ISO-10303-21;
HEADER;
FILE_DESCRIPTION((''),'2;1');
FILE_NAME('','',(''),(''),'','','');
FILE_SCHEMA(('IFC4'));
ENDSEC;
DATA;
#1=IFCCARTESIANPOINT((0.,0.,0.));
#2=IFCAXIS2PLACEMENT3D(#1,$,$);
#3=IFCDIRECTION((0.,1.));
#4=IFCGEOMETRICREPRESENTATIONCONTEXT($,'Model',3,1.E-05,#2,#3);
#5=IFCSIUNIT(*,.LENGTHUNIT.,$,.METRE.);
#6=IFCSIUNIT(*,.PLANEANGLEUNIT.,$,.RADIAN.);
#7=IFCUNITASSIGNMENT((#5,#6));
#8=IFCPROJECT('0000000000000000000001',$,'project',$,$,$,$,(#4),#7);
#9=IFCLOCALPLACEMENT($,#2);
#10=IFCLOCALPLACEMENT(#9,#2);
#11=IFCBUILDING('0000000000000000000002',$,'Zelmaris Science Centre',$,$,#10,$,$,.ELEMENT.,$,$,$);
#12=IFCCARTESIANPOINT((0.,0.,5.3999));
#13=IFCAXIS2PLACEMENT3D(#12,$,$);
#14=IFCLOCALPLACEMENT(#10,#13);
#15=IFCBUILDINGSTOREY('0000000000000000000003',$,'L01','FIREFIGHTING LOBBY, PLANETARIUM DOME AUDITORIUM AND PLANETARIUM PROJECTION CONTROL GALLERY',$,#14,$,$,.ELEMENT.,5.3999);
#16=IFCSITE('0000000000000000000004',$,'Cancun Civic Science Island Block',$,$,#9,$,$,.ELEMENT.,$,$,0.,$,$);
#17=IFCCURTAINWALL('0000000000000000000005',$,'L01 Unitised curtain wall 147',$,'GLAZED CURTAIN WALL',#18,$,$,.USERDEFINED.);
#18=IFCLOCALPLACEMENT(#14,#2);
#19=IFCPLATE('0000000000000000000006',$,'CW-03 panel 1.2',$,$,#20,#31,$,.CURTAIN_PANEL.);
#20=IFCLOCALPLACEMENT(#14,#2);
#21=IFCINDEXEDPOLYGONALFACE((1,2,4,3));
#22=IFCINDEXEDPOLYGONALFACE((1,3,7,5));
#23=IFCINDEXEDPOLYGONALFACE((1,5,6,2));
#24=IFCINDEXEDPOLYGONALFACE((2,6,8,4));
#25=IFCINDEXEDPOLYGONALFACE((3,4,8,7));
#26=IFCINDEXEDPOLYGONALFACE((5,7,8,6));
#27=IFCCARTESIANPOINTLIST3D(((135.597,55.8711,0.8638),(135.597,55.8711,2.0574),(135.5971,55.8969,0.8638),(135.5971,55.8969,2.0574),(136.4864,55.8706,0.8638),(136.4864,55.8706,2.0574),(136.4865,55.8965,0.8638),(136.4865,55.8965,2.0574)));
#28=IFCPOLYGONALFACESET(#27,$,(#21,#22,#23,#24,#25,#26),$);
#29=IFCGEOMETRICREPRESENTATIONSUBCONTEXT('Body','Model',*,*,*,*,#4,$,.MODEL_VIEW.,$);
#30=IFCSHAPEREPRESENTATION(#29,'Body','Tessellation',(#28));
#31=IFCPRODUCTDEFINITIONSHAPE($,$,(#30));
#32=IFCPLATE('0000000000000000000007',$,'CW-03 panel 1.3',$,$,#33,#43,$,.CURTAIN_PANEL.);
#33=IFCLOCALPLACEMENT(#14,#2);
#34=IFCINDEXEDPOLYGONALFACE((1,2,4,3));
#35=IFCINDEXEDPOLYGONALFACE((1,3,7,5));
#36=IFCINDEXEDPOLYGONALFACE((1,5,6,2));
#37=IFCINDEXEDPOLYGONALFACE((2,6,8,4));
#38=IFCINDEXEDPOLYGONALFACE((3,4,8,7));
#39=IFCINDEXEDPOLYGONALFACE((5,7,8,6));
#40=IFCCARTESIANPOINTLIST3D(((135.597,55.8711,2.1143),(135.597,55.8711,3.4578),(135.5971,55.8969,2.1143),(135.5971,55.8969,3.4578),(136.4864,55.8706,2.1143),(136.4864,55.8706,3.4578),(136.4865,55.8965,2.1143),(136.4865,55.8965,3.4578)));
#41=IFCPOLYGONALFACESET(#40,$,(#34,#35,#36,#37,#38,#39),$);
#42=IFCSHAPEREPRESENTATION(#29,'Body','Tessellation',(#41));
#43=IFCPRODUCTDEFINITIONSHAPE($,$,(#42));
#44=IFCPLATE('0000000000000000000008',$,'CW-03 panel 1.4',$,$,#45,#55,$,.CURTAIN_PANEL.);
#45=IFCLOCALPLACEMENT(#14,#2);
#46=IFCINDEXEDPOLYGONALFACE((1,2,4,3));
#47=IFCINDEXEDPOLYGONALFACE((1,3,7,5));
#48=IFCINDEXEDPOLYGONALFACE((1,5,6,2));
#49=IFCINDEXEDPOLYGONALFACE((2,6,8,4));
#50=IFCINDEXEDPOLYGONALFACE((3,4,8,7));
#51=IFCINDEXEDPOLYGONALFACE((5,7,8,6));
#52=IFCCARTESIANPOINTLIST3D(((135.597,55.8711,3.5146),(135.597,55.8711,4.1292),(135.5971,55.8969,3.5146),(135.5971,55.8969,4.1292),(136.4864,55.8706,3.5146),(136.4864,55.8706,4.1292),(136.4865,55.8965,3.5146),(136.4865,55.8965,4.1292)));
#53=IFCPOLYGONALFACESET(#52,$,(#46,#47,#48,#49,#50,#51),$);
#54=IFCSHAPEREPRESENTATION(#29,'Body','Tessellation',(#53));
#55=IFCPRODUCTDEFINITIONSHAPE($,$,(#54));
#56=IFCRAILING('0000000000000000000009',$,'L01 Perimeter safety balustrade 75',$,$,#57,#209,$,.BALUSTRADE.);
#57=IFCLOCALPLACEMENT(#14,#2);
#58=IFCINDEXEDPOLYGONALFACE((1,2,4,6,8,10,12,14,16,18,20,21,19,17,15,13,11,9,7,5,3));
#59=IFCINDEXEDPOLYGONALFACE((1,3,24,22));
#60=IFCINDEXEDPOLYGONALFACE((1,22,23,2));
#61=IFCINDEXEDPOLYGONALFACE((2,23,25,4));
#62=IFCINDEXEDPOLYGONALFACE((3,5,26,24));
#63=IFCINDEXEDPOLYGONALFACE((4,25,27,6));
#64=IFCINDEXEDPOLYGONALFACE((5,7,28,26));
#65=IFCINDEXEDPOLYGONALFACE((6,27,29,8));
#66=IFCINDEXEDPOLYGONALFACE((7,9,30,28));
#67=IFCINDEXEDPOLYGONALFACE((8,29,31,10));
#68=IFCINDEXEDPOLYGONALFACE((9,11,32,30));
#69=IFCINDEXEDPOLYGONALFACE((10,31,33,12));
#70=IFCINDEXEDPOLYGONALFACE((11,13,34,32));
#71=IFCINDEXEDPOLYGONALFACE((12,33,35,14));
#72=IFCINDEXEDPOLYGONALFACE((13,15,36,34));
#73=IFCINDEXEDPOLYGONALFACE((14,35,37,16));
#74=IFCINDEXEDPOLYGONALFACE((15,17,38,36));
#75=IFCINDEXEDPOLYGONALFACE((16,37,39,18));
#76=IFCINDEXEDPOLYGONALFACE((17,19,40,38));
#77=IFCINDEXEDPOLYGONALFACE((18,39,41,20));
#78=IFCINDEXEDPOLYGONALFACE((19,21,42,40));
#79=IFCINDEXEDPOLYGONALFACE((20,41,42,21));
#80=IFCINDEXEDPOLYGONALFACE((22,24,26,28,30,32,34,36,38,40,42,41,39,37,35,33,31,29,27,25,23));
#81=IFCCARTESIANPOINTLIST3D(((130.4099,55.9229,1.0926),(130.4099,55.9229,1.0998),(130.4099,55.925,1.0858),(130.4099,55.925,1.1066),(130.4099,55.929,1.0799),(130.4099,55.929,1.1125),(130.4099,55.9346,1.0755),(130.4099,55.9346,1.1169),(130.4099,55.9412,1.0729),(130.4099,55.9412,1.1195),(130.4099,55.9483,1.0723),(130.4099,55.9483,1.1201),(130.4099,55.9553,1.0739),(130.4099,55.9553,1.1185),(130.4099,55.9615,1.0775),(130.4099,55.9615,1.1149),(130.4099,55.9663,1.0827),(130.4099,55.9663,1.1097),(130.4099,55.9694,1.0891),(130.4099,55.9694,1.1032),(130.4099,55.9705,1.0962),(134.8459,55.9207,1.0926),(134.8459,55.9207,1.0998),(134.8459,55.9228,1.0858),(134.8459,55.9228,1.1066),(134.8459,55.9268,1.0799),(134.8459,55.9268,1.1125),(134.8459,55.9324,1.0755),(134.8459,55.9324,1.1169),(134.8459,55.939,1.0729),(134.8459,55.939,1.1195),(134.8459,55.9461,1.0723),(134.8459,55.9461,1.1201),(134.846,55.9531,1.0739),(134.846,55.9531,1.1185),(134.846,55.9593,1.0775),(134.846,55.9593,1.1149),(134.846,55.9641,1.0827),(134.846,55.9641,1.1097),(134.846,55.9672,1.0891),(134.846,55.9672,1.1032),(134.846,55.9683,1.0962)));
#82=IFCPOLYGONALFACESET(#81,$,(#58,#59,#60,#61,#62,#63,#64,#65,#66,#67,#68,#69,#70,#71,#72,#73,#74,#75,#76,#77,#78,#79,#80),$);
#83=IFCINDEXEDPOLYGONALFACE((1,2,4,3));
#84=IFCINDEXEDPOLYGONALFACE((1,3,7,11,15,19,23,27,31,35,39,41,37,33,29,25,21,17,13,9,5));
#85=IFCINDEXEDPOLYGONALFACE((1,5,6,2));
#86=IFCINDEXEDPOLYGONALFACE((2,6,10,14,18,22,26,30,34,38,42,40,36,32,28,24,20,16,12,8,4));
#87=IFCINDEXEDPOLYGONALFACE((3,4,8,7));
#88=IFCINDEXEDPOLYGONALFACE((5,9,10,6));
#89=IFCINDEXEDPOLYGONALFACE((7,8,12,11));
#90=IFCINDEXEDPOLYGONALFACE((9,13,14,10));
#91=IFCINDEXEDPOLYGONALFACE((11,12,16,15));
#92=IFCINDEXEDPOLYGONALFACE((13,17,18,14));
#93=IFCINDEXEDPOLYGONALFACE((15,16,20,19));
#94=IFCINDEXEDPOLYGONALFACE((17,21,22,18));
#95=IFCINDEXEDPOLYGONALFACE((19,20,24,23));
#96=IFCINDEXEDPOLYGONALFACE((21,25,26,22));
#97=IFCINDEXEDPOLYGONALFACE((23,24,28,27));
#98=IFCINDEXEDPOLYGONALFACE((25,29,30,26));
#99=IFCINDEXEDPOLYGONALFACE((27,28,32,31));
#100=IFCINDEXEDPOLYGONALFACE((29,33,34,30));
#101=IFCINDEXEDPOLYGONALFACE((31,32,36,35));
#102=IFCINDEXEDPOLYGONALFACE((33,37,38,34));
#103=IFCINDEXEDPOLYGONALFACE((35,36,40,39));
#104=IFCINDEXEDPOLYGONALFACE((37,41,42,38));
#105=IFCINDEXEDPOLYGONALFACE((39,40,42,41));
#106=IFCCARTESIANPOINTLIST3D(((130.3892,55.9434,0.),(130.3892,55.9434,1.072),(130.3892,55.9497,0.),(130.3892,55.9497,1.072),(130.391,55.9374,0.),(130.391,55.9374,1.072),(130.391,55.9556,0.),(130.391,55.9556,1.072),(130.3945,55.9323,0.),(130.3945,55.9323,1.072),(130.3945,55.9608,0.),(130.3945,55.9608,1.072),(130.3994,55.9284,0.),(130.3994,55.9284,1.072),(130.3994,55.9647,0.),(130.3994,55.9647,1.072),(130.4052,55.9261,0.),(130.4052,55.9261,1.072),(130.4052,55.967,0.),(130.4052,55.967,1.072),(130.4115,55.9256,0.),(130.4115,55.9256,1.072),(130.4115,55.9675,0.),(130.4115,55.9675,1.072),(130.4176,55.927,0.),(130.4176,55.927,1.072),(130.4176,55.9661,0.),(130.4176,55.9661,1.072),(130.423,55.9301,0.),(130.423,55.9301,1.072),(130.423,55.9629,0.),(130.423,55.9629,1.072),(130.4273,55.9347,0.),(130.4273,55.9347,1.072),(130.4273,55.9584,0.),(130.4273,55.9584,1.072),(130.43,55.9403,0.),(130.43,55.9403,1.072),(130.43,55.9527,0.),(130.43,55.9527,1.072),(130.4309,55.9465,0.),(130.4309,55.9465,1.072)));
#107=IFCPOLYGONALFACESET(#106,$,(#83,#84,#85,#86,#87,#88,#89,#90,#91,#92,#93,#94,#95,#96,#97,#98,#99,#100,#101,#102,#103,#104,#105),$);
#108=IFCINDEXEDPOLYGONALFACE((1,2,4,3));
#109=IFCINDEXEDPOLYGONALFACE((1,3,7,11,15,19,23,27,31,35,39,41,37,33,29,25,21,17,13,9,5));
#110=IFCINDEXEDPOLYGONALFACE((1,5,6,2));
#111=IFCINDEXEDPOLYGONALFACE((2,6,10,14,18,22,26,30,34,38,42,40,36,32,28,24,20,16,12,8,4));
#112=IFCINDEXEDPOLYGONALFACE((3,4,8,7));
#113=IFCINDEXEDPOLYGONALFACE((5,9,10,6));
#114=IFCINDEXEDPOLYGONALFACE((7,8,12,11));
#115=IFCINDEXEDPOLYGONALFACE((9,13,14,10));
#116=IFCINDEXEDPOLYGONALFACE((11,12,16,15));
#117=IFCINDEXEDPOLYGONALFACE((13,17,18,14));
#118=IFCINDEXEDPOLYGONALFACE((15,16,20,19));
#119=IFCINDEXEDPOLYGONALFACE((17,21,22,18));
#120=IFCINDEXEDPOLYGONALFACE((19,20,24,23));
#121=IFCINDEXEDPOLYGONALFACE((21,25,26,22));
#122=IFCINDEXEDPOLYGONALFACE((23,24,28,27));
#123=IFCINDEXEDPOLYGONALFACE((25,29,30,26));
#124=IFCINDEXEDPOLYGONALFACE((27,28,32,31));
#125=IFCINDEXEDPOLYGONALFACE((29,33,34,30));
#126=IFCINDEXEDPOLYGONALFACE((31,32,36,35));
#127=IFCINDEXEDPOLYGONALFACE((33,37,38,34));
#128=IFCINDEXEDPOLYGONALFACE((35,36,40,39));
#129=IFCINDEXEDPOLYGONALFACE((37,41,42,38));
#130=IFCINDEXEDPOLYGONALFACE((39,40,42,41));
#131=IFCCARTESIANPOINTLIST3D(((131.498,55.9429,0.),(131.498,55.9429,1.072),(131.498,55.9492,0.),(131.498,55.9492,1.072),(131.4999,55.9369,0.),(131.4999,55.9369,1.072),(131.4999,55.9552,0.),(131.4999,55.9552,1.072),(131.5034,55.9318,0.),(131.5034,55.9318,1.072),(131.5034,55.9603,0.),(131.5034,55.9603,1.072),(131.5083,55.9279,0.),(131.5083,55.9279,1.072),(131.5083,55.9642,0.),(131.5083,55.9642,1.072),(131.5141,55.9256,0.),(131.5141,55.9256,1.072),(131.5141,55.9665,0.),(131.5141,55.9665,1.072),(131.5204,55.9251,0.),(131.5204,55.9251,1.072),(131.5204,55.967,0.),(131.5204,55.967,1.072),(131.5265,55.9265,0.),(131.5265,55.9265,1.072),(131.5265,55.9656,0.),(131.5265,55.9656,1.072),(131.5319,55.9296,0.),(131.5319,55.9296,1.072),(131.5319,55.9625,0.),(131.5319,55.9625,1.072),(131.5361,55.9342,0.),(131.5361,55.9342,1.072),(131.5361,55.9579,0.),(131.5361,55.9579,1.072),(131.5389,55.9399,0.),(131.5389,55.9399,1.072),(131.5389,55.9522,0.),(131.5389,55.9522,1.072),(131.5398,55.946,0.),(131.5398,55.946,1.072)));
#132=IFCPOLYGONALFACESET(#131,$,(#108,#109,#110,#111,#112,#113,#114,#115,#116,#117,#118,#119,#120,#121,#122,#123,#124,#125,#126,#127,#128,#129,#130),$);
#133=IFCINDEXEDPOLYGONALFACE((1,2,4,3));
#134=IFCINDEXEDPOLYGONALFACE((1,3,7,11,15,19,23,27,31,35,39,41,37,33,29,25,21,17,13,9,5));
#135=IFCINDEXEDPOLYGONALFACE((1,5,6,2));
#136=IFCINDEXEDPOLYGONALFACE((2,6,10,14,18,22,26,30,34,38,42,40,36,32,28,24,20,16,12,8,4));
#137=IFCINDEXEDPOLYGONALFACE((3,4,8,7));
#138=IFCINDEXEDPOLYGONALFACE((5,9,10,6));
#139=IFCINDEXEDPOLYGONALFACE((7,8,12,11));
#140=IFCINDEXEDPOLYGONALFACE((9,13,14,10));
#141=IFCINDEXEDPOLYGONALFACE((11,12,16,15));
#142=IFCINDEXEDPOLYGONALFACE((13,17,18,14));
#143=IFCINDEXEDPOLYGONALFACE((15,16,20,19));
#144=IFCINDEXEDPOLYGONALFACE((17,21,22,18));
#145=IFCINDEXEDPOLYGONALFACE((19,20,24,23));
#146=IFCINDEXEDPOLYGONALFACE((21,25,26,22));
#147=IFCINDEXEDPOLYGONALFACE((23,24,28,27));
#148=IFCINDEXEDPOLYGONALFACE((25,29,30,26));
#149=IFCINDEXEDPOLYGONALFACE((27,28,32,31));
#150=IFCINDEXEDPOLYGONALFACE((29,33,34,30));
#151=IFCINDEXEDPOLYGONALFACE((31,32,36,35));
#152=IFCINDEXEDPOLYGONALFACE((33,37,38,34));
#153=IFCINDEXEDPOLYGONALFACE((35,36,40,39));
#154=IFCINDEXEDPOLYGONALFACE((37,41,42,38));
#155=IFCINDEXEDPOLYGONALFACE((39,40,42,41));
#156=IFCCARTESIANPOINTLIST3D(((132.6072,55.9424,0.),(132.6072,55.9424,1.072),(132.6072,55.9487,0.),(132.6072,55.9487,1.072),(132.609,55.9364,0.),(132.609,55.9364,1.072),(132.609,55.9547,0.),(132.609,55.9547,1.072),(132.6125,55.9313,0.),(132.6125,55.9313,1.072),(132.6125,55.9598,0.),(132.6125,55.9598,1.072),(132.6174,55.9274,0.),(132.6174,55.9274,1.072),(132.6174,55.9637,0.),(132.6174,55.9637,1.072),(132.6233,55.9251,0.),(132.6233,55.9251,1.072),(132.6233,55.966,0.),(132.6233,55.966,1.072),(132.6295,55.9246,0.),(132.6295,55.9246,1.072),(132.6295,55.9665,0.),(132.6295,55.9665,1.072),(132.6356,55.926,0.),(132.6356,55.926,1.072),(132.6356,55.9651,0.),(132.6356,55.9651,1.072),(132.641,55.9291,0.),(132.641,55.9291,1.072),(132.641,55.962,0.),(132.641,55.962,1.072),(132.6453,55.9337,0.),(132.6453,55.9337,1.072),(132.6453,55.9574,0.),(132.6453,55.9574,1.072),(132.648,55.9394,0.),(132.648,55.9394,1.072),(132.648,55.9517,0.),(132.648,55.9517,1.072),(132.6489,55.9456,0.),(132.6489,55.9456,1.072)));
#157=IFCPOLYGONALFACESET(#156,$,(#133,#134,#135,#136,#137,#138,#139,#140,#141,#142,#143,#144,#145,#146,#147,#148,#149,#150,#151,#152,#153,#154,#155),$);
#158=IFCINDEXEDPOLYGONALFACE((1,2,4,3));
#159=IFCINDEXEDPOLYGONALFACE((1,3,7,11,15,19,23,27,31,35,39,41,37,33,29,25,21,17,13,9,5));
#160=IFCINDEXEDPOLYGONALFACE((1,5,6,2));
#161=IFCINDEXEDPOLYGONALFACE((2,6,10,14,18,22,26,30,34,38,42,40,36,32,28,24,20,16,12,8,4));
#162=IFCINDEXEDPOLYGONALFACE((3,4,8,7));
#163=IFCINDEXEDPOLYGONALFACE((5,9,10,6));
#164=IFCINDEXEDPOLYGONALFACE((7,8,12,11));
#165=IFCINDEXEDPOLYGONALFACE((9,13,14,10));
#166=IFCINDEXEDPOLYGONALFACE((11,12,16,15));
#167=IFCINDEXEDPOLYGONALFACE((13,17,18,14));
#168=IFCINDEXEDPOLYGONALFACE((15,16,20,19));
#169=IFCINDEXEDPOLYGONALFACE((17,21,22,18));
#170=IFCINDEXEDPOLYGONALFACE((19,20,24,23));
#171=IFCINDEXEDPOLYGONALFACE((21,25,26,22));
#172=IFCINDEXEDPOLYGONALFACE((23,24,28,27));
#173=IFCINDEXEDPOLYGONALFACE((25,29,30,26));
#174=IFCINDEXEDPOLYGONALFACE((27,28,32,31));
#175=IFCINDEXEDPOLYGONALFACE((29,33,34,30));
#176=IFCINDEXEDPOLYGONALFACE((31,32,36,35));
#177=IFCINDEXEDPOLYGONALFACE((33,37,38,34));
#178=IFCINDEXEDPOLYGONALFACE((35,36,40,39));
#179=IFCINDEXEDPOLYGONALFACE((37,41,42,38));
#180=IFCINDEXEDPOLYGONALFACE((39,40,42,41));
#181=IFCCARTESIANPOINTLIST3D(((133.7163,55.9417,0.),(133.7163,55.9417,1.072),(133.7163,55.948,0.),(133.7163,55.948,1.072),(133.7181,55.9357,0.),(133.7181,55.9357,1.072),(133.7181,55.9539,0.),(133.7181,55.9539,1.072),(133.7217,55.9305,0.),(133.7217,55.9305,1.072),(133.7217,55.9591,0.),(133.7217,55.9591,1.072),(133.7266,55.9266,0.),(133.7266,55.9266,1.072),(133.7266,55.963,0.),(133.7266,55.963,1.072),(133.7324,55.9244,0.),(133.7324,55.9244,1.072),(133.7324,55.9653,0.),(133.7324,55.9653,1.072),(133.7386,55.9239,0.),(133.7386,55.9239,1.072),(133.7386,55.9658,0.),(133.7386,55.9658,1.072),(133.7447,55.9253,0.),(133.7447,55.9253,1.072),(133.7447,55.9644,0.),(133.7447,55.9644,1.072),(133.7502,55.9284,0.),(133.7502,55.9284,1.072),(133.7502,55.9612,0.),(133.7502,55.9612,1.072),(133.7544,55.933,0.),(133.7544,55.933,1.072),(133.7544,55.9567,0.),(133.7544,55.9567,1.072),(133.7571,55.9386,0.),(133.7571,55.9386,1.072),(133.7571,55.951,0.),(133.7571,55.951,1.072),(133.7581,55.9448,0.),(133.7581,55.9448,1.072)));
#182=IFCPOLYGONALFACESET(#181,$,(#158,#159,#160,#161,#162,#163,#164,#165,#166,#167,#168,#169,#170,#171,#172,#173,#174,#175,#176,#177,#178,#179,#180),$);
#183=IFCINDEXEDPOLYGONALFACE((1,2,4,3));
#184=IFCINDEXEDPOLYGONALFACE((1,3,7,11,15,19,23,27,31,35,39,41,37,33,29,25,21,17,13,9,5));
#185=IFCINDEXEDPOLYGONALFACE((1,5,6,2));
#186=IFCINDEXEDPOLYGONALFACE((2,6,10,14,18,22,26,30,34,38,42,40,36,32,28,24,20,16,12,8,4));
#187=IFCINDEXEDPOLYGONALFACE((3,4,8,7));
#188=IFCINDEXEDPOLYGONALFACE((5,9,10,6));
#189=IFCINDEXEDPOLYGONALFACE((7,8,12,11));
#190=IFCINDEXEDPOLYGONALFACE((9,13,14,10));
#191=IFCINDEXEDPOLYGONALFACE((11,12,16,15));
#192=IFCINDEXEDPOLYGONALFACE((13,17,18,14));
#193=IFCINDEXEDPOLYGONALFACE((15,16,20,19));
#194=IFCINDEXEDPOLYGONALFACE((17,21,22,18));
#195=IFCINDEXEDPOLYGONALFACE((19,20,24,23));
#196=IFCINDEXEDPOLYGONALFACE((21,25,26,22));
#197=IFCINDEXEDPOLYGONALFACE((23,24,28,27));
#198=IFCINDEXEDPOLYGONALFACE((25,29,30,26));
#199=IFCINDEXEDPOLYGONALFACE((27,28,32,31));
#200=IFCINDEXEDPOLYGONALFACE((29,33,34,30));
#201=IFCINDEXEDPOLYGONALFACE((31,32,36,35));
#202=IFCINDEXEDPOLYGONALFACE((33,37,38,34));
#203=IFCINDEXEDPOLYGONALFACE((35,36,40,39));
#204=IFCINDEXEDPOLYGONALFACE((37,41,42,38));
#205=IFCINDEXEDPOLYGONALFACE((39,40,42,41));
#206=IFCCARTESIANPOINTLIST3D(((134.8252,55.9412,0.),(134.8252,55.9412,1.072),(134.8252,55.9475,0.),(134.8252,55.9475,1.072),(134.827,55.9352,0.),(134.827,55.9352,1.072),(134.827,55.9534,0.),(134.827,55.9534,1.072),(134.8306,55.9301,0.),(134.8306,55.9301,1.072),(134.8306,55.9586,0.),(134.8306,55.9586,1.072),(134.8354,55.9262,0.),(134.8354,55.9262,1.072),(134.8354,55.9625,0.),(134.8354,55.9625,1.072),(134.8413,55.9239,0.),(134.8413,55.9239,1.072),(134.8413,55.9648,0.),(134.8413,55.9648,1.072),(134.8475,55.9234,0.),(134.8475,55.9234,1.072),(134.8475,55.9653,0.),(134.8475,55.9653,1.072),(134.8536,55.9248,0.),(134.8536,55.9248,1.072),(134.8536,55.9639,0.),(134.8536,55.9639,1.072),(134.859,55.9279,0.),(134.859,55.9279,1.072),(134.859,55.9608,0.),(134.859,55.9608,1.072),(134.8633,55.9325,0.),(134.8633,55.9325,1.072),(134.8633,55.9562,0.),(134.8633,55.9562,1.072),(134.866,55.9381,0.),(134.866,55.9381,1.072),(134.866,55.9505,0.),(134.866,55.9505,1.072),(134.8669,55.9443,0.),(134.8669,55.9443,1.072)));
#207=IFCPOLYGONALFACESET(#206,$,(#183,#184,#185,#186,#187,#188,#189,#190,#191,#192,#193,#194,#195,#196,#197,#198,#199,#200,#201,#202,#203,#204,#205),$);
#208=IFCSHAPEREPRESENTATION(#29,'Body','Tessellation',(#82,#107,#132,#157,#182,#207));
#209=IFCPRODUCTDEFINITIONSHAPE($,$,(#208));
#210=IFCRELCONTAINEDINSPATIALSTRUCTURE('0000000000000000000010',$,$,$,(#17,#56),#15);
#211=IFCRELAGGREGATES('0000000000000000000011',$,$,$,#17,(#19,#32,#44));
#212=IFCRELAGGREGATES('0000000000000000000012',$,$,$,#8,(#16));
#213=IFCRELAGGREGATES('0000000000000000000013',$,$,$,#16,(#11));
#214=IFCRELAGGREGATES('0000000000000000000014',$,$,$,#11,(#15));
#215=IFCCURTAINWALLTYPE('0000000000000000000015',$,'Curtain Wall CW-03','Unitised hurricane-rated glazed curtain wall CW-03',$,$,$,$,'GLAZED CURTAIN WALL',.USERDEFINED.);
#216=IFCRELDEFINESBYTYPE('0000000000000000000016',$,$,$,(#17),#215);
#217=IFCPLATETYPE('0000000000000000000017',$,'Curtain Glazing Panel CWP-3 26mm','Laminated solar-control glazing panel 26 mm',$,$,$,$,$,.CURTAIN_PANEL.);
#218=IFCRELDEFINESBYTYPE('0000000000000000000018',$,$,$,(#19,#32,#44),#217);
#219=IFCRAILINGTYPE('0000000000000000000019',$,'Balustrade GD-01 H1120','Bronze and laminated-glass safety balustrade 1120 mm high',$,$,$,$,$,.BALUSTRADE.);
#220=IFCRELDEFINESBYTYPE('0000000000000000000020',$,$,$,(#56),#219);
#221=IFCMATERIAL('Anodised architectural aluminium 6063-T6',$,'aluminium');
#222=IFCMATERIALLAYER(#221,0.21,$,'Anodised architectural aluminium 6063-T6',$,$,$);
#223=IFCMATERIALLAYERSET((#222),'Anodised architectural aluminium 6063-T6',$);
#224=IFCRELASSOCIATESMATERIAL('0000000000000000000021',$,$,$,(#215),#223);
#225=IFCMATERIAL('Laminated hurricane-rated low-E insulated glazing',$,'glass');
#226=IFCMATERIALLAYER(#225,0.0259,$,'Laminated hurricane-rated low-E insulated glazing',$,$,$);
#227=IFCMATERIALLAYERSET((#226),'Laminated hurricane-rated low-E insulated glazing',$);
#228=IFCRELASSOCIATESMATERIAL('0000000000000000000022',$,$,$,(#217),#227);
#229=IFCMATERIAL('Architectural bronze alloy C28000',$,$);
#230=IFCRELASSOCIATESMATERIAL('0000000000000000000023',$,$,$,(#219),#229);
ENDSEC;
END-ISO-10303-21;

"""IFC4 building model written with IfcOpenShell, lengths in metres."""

from ifc_helpers import new_model, si_unit, direction, frame, origin, origin_2d, place, context, subcontext, project, spatial, rectangle, circle, extrude, material, layer, layer_set, type_object, element, aggregate, save


model = new_model("IFC4")

# Units and contexts
model_context = context("Model", 3, precision=1e-05, world=origin(), true_north=direction((0.0, 1.0)))
body_context = subcontext(model_context, "Body", "Model", "MODEL_VIEW")
ifc_project = project(units=[si_unit("LENGTHUNIT", "METRE"), si_unit("PLANEANGLEUNIT", "RADIAN")], contexts=[model_context])

# Site, building, storey
site_placement = place(None, origin())
site = spatial("IfcSite", under=ifc_project, at=site_placement, Name="Cancun Civic Science Island Block", CompositionType="ELEMENT", RefElevation=0.0)
building_placement = place(site_placement, origin())
building = spatial("IfcBuilding", under=site, at=building_placement, Name="Zelmaris Science Centre", CompositionType="ELEMENT")
storey_placement = place(building_placement, frame((0.0, 0.0, 5.3999)))
storey = spatial("IfcBuildingStorey", under=building, at=storey_placement, Name="L01", Description="FIREFIGHTING LOBBY, PLANETARIUM DOME AUDITORIUM AND PLANETARIUM PROJECTION CONTROL GALLERY", CompositionType="ELEMENT", Elevation=5.3999)

# Curtain wall
ifc_material_1 = material(Name="Anodised architectural aluminium 6063-T6", Category="aluminium")
ifc_layer_1 = layer(ifc_material_1, 0.21, Name="Anodised architectural aluminium 6063-T6")
ifc_layer_set_1 = layer_set([ifc_layer_1], Name="Anodised architectural aluminium 6063-T6")
curtain_wall_type_1 = type_object("IfcCurtainWallType", Name="Curtain Wall CW-03", Description="Unitised hurricane-rated glazed curtain wall CW-03", ElementType="GLAZED CURTAIN WALL", PredefinedType="USERDEFINED", material=ifc_layer_set_1)
curtain_wall_1_placement = place(storey_placement, origin())
curtain_wall_1 = element("IfcCurtainWall", 1, at=curtain_wall_1_placement, inside=storey, type_object=curtain_wall_type_1, Name="L01 Unitised curtain wall 147", ObjectType="GLAZED CURTAIN WALL", PredefinedType="USERDEFINED")

# Plates
ifc_material_2 = material(Name="Laminated hurricane-rated low-E insulated glazing", Category="glass")
ifc_layer_2 = layer(ifc_material_2, 0.0259, Name="Laminated hurricane-rated low-E insulated glazing")
ifc_layer_set_2 = layer_set([ifc_layer_2], Name="Laminated hurricane-rated low-E insulated glazing")
plate_type_1 = type_object("IfcPlateType", Name="Curtain Glazing Panel CWP-3 26mm", Description="Laminated solar-control glazing panel 26 mm", PredefinedType="CURTAIN_PANEL", material=ifc_layer_set_2)
plate_1_placement = place(storey_placement, frame((136.0417, 55.8838, 0.8638), z_axis=(0.0, 0.0, 1.0), x_axis=(1.0, -0.000487, 0.0)))
plate_1 = element("IfcPlate", 2, at=plate_1_placement, type_object=plate_type_1, Name="CW-03 panel 1.2", PredefinedType="CURTAIN_PANEL", context=body_context, shape_type="SweptSolid", body=[
    extrude(rectangle(XDim=0.8894, YDim=0.0259, at=origin_2d()), origin(), (0.0, 0.0, 1.0), 1.1936),
])
plate_2_placement = place(storey_placement, frame((136.0417, 55.8838, 2.1143), z_axis=(0.0, 0.0, 1.0), x_axis=(1.0, -0.000487, 0.0)))
plate_2 = element("IfcPlate", 3, at=plate_2_placement, type_object=plate_type_1, Name="CW-03 panel 1.3", PredefinedType="CURTAIN_PANEL", context=body_context, shape_type="SweptSolid", body=[
    extrude(rectangle(XDim=0.8894, YDim=0.0259, at=origin_2d()), origin(), (0.0, 0.0, 1.0), 1.3435),
])
plate_3_placement = place(storey_placement, frame((136.0417, 55.8838, 3.5146), z_axis=(0.0, 0.0, 1.0), x_axis=(1.0, -0.000487, 0.0)))
plate_3 = element("IfcPlate", 4, at=plate_3_placement, type_object=plate_type_1, Name="CW-03 panel 1.4", PredefinedType="CURTAIN_PANEL", context=body_context, shape_type="SweptSolid", body=[
    extrude(rectangle(XDim=0.8894, YDim=0.0259, at=origin_2d()), origin(), (0.0, 0.0, 1.0), 0.6145),
])
aggregate(curtain_wall_1, [plate_1, plate_2, plate_3])

# Railing
ifc_material_3 = material(Name="Architectural bronze alloy C28000")
railing_type = type_object("IfcRailingType", Name="Balustrade GD-01 H1120", Description="Bronze and laminated-glass safety balustrade 1120 mm high", PredefinedType="BALUSTRADE", material=ifc_material_3)
railing_1_placement = place(storey_placement, frame((130.4099, 55.9465, 0.0)))
element("IfcRailing", 5, at=railing_1_placement, inside=storey, type_object=railing_type, Name="L01 Perimeter safety balustrade 75", PredefinedType="BALUSTRADE", context=body_context, shape_type="SweptSolid", body=[
    extrude(circle(Radius=0.0239, at=origin_2d()), frame((0.0, 0.0, 1.0962), z_axis=(1.0, -0.000495, 0.0), x_axis=(0.000495, 1.0, 0.0)), (0.0, 0.0, 1.0), 4.436),
    extrude(circle(Radius=0.021, at=origin_2d()), origin(), (0.0, 0.0, 1.0), 1.072),
    extrude(circle(Radius=0.021, at=origin_2d()), frame((1.1089, -0.0005, 0.0)), (0.0, 0.0, 1.0), 1.072),
    extrude(circle(Radius=0.021, at=origin_2d()), frame((2.218, -0.001, 0.0)), (0.0, 0.0, 1.0), 1.072),
    extrude(circle(Radius=0.021, at=origin_2d()), frame((3.3271, -0.0017, 0.0)), (0.0, 0.0, 1.0), 1.072),
    extrude(circle(Radius=0.021, at=origin_2d()), frame((4.436, -0.0022, 0.0)), (0.0, 0.0, 1.0), 1.072),
])

save(model, "model.ifc")
